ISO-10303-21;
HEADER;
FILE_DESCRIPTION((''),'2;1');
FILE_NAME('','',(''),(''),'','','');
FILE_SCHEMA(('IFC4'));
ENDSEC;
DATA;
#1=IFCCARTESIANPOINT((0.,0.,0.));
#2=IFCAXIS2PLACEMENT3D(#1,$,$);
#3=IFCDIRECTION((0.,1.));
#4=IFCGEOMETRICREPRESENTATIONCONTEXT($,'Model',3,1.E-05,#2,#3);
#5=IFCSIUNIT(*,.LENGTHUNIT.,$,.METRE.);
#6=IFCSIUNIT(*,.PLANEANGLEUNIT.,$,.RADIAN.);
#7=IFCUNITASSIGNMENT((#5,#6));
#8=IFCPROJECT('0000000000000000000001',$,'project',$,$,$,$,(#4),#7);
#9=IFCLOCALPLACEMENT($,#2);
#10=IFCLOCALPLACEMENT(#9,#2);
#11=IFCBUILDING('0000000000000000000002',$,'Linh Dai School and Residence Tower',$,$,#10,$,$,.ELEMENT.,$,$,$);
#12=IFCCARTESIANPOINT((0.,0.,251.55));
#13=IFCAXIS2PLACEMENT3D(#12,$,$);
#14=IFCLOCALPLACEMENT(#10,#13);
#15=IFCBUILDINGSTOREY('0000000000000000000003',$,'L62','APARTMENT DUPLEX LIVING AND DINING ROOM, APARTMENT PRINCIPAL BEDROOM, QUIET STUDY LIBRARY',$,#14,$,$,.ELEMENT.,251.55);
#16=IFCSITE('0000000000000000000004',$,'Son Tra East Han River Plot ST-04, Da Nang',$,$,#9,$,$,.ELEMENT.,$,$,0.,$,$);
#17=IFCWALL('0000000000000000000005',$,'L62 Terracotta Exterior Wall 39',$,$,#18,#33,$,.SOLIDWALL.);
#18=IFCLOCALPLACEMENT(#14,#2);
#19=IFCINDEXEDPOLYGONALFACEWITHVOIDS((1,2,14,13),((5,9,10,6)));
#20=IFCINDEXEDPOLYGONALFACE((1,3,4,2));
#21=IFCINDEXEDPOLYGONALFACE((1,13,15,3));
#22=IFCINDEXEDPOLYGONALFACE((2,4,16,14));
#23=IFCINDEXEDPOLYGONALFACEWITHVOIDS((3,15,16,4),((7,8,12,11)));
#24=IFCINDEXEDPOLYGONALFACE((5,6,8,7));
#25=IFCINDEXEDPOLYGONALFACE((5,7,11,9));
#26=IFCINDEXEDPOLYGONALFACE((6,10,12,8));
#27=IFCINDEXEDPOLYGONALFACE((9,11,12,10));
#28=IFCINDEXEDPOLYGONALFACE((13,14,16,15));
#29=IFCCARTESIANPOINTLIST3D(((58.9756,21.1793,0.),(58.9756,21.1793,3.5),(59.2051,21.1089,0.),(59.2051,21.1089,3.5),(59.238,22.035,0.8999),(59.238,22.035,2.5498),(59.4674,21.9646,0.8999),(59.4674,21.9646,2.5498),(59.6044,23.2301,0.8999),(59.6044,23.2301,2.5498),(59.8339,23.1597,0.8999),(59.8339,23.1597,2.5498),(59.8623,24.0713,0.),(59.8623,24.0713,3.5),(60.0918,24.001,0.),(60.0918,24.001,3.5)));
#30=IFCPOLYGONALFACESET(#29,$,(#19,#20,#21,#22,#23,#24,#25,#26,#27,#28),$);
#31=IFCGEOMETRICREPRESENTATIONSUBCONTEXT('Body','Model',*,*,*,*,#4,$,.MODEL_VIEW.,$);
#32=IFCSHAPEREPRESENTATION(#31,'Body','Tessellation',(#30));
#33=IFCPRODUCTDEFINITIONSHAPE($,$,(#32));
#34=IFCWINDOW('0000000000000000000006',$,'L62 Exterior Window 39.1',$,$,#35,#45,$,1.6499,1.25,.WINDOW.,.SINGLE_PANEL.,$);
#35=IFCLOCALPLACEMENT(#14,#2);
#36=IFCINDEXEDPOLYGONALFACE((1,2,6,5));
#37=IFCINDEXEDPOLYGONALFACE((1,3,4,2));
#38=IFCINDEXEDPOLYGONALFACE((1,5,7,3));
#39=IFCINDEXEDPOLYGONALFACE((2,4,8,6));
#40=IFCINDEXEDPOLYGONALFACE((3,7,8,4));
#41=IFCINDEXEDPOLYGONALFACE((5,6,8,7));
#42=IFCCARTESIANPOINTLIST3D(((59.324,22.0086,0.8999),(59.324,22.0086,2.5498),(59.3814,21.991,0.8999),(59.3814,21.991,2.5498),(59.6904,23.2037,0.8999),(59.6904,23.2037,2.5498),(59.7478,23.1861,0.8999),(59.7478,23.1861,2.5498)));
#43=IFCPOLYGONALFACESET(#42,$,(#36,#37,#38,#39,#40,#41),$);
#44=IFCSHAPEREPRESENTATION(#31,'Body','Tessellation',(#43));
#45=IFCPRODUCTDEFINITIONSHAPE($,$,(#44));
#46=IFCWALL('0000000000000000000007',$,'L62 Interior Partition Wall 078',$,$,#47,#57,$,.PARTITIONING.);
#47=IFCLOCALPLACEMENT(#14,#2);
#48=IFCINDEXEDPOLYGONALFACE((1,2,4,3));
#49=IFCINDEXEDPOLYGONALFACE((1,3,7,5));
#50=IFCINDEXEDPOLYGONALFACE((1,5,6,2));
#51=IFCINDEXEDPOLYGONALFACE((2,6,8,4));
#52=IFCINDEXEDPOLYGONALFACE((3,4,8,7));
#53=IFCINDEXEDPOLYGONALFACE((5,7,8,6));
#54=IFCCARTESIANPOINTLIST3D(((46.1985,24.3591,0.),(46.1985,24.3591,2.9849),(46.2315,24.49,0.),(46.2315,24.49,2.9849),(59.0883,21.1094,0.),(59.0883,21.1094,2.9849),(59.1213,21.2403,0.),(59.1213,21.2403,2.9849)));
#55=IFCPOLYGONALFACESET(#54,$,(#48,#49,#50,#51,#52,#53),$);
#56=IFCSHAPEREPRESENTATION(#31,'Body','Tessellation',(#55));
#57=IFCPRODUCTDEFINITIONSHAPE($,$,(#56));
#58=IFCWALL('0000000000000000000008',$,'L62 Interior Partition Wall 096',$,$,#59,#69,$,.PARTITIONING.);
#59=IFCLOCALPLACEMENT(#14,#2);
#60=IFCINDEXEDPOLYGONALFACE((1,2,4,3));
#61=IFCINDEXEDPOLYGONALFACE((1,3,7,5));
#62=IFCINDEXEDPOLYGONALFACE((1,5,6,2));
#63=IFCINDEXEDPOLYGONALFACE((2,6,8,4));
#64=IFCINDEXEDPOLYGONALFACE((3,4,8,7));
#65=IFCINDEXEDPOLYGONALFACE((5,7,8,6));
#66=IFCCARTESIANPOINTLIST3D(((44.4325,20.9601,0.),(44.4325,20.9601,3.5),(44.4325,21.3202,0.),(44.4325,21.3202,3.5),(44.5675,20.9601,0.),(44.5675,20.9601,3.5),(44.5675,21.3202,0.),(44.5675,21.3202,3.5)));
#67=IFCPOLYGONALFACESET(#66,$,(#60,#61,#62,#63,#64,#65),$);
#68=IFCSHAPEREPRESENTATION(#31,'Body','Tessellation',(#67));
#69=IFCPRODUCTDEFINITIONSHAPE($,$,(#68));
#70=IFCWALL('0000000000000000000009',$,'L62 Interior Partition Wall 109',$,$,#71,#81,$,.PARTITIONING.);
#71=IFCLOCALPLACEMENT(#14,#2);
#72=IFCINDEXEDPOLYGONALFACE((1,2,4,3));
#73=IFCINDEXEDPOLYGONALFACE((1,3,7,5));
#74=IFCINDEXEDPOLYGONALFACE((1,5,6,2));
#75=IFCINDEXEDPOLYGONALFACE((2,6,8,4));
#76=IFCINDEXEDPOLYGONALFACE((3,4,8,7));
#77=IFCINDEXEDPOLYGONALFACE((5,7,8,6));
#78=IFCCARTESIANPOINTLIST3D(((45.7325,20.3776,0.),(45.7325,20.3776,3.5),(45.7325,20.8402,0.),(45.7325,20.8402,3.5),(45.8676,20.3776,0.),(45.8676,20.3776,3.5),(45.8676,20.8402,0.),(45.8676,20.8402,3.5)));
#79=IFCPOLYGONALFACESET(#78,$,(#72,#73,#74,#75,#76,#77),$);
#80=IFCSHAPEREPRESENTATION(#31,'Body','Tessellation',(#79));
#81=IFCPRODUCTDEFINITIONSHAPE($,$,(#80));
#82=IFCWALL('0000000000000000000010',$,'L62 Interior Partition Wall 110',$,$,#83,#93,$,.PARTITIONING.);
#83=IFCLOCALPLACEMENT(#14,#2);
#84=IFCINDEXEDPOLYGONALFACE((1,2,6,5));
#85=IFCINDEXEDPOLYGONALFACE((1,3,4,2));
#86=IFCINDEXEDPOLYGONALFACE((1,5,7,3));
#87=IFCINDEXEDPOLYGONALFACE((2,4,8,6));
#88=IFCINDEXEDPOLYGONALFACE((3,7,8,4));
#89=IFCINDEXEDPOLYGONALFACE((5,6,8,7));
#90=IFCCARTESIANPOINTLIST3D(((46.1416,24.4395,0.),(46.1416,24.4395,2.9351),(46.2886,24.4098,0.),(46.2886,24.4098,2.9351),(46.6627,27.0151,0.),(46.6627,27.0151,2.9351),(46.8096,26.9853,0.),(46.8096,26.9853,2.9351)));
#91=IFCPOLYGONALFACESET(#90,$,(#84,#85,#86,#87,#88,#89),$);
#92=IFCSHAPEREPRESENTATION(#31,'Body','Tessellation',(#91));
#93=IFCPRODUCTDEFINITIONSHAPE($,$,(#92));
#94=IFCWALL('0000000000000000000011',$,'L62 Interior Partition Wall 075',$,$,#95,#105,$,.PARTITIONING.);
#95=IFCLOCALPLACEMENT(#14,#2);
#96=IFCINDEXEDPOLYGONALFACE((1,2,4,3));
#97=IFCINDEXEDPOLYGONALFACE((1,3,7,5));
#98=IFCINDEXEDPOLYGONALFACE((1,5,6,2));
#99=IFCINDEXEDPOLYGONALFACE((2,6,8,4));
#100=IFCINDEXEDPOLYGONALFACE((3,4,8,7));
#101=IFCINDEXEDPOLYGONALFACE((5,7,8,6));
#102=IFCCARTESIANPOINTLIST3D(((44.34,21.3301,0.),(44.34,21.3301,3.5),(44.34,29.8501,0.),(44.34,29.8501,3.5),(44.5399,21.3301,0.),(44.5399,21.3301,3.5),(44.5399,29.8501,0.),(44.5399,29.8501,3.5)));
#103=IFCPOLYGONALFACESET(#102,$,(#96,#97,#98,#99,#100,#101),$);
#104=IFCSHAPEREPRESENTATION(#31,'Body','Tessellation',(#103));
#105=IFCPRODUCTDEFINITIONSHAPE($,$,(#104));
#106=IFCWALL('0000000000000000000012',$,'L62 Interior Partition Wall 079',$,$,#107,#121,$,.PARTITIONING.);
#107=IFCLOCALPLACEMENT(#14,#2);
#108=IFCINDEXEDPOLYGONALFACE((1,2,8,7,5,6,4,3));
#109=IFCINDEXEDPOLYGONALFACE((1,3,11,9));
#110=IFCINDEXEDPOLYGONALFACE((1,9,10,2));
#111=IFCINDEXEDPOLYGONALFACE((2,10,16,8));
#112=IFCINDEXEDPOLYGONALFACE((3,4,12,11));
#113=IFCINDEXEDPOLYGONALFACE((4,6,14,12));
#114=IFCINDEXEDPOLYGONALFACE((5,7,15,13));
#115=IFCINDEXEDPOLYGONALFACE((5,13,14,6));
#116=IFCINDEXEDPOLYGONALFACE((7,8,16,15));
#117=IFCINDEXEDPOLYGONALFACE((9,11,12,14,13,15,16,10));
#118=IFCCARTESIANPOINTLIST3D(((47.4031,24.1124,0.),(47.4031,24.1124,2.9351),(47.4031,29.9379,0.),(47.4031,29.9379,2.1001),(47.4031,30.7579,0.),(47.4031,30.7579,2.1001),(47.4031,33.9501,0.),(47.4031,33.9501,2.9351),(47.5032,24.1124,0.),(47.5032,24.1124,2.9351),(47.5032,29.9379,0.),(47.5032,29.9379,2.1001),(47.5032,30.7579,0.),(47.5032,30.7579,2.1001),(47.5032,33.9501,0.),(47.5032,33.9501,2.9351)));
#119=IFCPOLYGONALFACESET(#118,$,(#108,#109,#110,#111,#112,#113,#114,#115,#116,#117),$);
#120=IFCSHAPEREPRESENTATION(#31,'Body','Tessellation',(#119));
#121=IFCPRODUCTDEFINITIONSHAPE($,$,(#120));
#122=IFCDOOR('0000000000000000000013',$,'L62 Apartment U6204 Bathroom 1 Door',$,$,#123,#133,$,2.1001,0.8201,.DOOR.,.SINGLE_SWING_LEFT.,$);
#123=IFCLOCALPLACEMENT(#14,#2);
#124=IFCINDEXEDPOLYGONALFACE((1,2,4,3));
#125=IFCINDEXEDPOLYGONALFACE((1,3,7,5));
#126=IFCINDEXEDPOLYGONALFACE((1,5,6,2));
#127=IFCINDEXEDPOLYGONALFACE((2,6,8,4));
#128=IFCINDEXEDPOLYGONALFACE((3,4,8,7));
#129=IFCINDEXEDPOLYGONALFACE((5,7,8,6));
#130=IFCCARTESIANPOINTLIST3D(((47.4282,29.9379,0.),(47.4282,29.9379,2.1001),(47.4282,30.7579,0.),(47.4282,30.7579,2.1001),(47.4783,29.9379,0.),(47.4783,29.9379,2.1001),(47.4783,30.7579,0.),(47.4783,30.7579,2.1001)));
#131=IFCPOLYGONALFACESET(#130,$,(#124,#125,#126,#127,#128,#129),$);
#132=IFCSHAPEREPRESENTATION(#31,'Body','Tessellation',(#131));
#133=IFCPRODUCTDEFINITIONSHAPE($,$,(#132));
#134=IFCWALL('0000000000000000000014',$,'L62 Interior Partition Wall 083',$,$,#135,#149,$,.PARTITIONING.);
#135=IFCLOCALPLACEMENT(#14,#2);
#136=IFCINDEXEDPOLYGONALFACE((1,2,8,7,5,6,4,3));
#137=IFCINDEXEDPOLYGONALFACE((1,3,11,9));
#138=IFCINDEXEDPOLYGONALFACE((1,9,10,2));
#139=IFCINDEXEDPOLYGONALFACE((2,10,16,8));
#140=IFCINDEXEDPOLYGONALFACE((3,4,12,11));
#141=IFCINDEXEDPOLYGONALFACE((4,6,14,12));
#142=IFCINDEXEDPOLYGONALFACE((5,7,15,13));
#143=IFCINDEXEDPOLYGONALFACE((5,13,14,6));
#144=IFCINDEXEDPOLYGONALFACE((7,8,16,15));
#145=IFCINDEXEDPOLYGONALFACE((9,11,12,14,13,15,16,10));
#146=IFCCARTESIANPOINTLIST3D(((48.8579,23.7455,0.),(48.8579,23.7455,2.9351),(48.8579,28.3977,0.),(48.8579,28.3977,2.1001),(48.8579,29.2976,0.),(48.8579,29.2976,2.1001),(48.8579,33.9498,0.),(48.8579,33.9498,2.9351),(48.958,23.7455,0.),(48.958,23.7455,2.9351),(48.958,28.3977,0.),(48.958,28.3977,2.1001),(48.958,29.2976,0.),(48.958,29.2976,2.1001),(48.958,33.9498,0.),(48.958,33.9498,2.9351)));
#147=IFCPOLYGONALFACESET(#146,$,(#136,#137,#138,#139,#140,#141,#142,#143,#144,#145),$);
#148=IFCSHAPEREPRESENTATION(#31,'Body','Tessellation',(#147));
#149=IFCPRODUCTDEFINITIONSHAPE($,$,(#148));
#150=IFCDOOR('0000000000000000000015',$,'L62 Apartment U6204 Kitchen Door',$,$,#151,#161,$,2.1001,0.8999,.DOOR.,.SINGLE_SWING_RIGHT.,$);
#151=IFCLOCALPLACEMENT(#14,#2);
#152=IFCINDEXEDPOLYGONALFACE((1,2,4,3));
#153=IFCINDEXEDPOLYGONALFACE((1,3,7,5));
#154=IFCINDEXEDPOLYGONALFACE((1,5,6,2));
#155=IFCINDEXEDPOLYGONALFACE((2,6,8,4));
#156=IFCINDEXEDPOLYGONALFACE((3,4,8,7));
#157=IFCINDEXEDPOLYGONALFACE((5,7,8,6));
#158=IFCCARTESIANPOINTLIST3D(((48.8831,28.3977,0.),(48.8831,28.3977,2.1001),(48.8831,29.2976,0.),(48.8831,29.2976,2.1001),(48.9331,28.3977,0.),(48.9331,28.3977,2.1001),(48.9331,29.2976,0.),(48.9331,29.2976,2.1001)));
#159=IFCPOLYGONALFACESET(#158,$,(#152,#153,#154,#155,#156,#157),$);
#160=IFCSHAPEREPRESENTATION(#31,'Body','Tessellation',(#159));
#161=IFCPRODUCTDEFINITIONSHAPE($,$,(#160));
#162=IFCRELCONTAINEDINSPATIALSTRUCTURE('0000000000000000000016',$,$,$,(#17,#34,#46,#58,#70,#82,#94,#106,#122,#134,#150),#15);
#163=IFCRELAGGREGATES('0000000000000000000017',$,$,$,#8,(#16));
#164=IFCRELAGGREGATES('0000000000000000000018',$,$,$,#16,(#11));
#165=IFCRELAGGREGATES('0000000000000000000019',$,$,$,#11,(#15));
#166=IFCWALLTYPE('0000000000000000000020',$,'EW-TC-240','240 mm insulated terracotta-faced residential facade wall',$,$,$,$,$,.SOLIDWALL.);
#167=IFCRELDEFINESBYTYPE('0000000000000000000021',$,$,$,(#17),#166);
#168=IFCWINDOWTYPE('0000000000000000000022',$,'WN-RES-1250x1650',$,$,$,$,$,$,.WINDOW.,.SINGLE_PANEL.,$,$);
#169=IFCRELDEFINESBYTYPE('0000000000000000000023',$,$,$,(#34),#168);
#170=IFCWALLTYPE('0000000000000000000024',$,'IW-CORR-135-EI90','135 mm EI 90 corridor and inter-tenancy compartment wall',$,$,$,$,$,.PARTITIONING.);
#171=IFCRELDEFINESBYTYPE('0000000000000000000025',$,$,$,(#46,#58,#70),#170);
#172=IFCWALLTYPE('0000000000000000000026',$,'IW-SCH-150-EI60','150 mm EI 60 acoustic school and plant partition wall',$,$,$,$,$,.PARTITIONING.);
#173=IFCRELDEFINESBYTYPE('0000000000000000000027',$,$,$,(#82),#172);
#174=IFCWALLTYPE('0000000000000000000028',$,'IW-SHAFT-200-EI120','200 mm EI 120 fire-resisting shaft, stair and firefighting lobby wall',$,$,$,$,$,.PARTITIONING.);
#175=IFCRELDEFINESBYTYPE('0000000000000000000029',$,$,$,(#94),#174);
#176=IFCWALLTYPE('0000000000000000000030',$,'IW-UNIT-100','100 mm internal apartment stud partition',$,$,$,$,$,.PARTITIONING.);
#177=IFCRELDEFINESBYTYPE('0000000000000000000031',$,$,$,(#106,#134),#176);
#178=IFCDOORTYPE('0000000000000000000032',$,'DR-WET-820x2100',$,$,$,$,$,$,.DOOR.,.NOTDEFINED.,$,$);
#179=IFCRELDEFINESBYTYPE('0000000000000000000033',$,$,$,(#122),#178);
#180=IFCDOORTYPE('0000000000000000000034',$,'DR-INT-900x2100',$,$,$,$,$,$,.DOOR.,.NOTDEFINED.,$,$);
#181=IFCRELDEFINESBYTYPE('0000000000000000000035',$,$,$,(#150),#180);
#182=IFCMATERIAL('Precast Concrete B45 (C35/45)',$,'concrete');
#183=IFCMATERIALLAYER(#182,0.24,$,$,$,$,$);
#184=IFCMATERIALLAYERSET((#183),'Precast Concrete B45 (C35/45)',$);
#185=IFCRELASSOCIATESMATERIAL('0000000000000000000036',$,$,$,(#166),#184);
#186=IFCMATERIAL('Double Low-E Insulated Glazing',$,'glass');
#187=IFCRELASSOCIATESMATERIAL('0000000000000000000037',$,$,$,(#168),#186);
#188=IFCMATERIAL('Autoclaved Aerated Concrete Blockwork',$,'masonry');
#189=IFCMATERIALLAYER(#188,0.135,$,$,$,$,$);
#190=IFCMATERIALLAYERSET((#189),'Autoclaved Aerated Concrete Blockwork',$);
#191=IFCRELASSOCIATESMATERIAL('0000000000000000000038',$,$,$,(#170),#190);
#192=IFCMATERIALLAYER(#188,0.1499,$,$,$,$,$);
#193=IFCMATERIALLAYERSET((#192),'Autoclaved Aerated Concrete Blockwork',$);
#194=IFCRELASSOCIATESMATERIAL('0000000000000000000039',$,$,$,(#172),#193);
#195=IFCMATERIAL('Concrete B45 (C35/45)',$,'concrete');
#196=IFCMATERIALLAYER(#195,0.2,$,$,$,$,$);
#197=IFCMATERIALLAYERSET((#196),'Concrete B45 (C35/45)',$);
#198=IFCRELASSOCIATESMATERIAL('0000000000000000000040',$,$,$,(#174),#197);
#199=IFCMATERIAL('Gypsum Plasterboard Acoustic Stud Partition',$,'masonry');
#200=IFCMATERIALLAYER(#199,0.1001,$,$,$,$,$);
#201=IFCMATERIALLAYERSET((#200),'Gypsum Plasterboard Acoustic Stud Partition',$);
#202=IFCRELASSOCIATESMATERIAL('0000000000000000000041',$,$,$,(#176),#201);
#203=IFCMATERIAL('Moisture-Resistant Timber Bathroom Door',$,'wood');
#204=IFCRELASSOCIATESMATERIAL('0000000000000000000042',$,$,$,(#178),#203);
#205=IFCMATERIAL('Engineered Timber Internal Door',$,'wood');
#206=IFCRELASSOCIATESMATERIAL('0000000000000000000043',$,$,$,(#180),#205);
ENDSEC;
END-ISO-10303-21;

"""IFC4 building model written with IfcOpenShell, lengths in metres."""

from ifc_helpers import new_model, si_unit, direction, frame, frame_2d, origin, origin_2d, place, context, subcontext, project, spatial, rectangle, extrude, source, transform, mapped, material, layer, layer_set, type_object, element, fill, save


model = new_model("IFC4")

# Units and contexts
model_context = context("Model", 3, precision=1e-05, world=origin(), true_north=direction((0.0, 1.0)))
body_context = subcontext(model_context, "Body", "Model", "MODEL_VIEW")
ifc_project = project(units=[si_unit("LENGTHUNIT", "METRE"), si_unit("PLANEANGLEUNIT", "RADIAN")], contexts=[model_context])

# Site, building, storey
site_placement = place(None, origin())
site = spatial("IfcSite", under=ifc_project, at=site_placement, Name="Son Tra East Han River Plot ST-04, Da Nang", CompositionType="ELEMENT", RefElevation=0.0)
building_placement = place(site_placement, origin())
building = spatial("IfcBuilding", under=site, at=building_placement, Name="Linh Dai School and Residence Tower", CompositionType="ELEMENT")
storey_placement = place(building_placement, frame((0.0, 0.0, 251.55)))
storey = spatial("IfcBuildingStorey", under=building, at=storey_placement, Name="L62", Description="APARTMENT DUPLEX LIVING AND DINING ROOM, APARTMENT PRINCIPAL BEDROOM, QUIET STUDY LIBRARY", CompositionType="ELEMENT", Elevation=251.55)

# Shared definitions
ifc_material_1 = material(Name="Concrete B45 (C35/45)", Category="concrete")

# Shared definitions
ifc_material_2 = material(Name="Precast Concrete B45 (C35/45)", Category="concrete")

# Shared definitions
ifc_layer_1 = layer(ifc_material_2, 0.24)
ifc_layer_set_1 = layer_set([ifc_layer_1], Name="Precast Concrete B45 (C35/45)")
wall_type_1 = type_object("IfcWallType", Name="EW-TC-240", Description="240 mm insulated terracotta-faced residential facade wall", PredefinedType="SOLIDWALL", material=ifc_layer_set_1)

# Wall, opening, window
wall_1_placement = place(storey_placement, frame((59.9771, 24.0361, 0.0), z_axis=(0.0, 0.0, 1.0), x_axis=(-0.293133, -0.956072, 0.0)))
wall_1 = element("IfcWall", 1, at=wall_1_placement, inside=storey, type_object=wall_type_1, Name="L62 Terracotta Exterior Wall 39", PredefinedType="SOLIDWALL", context=body_context, shape_type="SweptSolid", body=[
    extrude(rectangle(XDim=3.0249, YDim=0.24, at=frame_2d((1.5125, 0.0))), origin(), (0.0, 0.0, 1.0), 3.5),
])
opening_1_placement = place(wall_1_placement, frame((0.8799, 0.0, 0.8999)))
opening_1 = element("IfcOpeningElement", 2, at=opening_1_placement, cuts=wall_1, PredefinedType="OPENING", context=body_context, shape_type="SweptSolid", body=[
    extrude(rectangle(XDim=1.25, YDim=1.6499, at=origin_2d()), frame((0.625, 0.1299, 0.825), z_axis=(0.0, -1.0, 0.0), x_axis=(1.0, 0.0, 0.0)), (0.0, 0.0, 1.0), 0.26),
])
ifc_material_3 = material(Name="Double Low-E Insulated Glazing", Category="glass")
window_type = type_object("IfcWindowType", Name="WN-RES-1250x1650", PartitioningType="SINGLE_PANEL", PredefinedType="WINDOW", material=ifc_material_3)
shared_shape_1 = source(origin(), body_context, "Body", "SweptSolid", [
    extrude(rectangle(XDim=1.25, YDim=1.6499, at=origin_2d()), frame((0.625, 0.03, 0.825), z_axis=(0.0, -1.0, 0.0), x_axis=(1.0, 0.0, 0.0)), (0.0, 0.0, 1.0), 0.0601),
])
window_placement = place(opening_1_placement, origin())
window = element("IfcWindow", 3, at=window_placement, inside=storey, type_object=window_type, Name="L62 Exterior Window 39.1", OverallHeight=1.6499, OverallWidth=1.25, PartitioningType="SINGLE_PANEL", PredefinedType="WINDOW", context=body_context, shape_type="MappedRepresentation", body=[
    mapped(shared_shape_1, transform((0.0, 0.0, 0.0), x_axis=(1.0, 0.0, 0.0), y_axis=(0.0, 1.0, 0.0), z_axis=(0.0, 0.0, 1.0), scale=1.0)),
])
fill(opening_1, window)

# Walls
ifc_material_4 = material(Name="Autoclaved Aerated Concrete Blockwork", Category="masonry")
ifc_layer_2 = layer(ifc_material_4, 0.135)
ifc_layer_set_2 = layer_set([ifc_layer_2], Name="Autoclaved Aerated Concrete Blockwork")
wall_type_2 = type_object("IfcWallType", Name="IW-CORR-135-EI90", Description="135 mm EI 90 corridor and inter-tenancy compartment wall", PredefinedType="PARTITIONING", material=ifc_layer_set_2)
wall_2_placement = place(storey_placement, frame((46.2151, 24.4246, 0.0), z_axis=(0.0, 0.0, 1.0), x_axis=(0.969658, -0.244467, 0.0)))
element("IfcWall", 4, at=wall_2_placement, inside=storey, type_object=wall_type_2, Name="L62 Interior Partition Wall 078", PredefinedType="PARTITIONING", context=body_context, shape_type="SweptSolid", body=[
    extrude(rectangle(XDim=13.2932, YDim=0.135, at=frame_2d((6.6465, 0.0))), origin(), (0.0, 0.0, 1.0), 2.9849),
])
wall_3_placement = place(storey_placement, frame((44.5, 20.96, 0.0), z_axis=(0.0, 0.0, 1.0), x_axis=(0.0, 1.0, 0.0)))
element("IfcWall", 5, at=wall_3_placement, inside=storey, type_object=wall_type_2, Name="L62 Interior Partition Wall 096", PredefinedType="PARTITIONING", context=body_context, shape_type="SweptSolid", body=[
    extrude(rectangle(XDim=0.3601, YDim=0.135, at=frame_2d((0.1802, 0.0))), origin(), (0.0, 0.0, 1.0), 3.5),
])
wall_4_placement = place(storey_placement, frame((45.8, 20.3774, 0.0), z_axis=(0.0, 0.0, 1.0), x_axis=(0.0, 1.0, 0.0)))
element("IfcWall", 6, at=wall_4_placement, inside=storey, type_object=wall_type_2, Name="L62 Interior Partition Wall 109", PredefinedType="PARTITIONING", context=body_context, shape_type="SweptSolid", body=[
    extrude(rectangle(XDim=0.4626, YDim=0.135, at=frame_2d((0.2314, 0.0))), origin(), (0.0, 0.0, 1.0), 3.5),
])
ifc_layer_3 = layer(ifc_material_4, 0.1499)
ifc_layer_set_3 = layer_set([ifc_layer_3], Name="Autoclaved Aerated Concrete Blockwork")
wall_type_3 = type_object("IfcWallType", Name="IW-SCH-150-EI60", Description="150 mm EI 60 acoustic school and plant partition wall", PredefinedType="PARTITIONING", material=ifc_layer_set_3)
wall_5_placement = place(storey_placement, frame((46.2151, 24.4246, 0.0), z_axis=(0.0, 0.0, 1.0), x_axis=(0.198278, 0.980146, 0.0)))
element("IfcWall", 7, at=wall_5_placement, inside=storey, type_object=wall_type_3, Name="L62 Interior Partition Wall 110", PredefinedType="PARTITIONING", context=body_context, shape_type="SweptSolid", body=[
    extrude(rectangle(XDim=2.6277, YDim=0.1499, at=frame_2d((1.314, 0.0))), origin(), (0.0, 0.0, 1.0), 2.9351),
])
ifc_layer_4 = layer(ifc_material_1, 0.2)
ifc_layer_set_4 = layer_set([ifc_layer_4], Name="Concrete B45 (C35/45)")
wall_type_4 = type_object("IfcWallType", Name="IW-SHAFT-200-EI120", Description="200 mm EI 120 fire-resisting shaft, stair and firefighting lobby wall", PredefinedType="PARTITIONING", material=ifc_layer_set_4)
wall_6_placement = place(storey_placement, frame((44.4399, 21.3301, 0.0), z_axis=(0.0, 0.0, 1.0), x_axis=(0.0, 1.0, 0.0)))
element("IfcWall", 8, at=wall_6_placement, inside=storey, type_object=wall_type_4, Name="L62 Interior Partition Wall 075", PredefinedType="PARTITIONING", context=body_context, shape_type="SweptSolid", body=[
    extrude(rectangle(XDim=8.52, YDim=0.2, at=frame_2d((4.26, 0.0))), origin(), (0.0, 0.0, 1.0), 3.5),
])

# Walls, openings, doors
ifc_material_5 = material(Name="Gypsum Plasterboard Acoustic Stud Partition", Category="masonry")
ifc_layer_5 = layer(ifc_material_5, 0.1001)
ifc_layer_set_5 = layer_set([ifc_layer_5], Name="Gypsum Plasterboard Acoustic Stud Partition")
wall_type_5 = type_object("IfcWallType", Name="IW-UNIT-100", Description="100 mm internal apartment stud partition", PredefinedType="PARTITIONING", material=ifc_layer_set_5)
wall_7_placement = place(storey_placement, frame((47.4531, 24.1123, 0.0), z_axis=(0.0, 0.0, 1.0), x_axis=(0.0, 1.0, 0.0)))
wall_7 = element("IfcWall", 9, at=wall_7_placement, inside=storey, type_object=wall_type_5, Name="L62 Interior Partition Wall 079", PredefinedType="PARTITIONING", context=body_context, shape_type="SweptSolid", body=[
    extrude(rectangle(XDim=9.8376, YDim=0.1001, at=frame_2d((4.9189, 0.0))), origin(), (0.0, 0.0, 1.0), 2.9351),
])
opening_2_placement = place(wall_7_placement, frame((5.8254, 0.0, 0.0)))
opening_2 = element("IfcOpeningElement", 10, at=opening_2_placement, cuts=wall_7, PredefinedType="OPENING", context=body_context, shape_type="SweptSolid", body=[
    extrude(rectangle(XDim=0.8201, YDim=2.1001, at=origin_2d()), frame((0.4102, 0.0601, 1.05), z_axis=(0.0, -1.0, 0.0), x_axis=(1.0, 0.0, 0.0)), (0.0, 0.0, 1.0), 0.1201),
])
ifc_material_6 = material(Name="Moisture-Resistant Timber Bathroom Door", Category="wood")
door_type_1 = type_object("IfcDoorType", Name="DR-WET-820x2100", OperationType="NOTDEFINED", PredefinedType="DOOR", material=ifc_material_6)
shared_shape_2 = source(origin(), body_context, "Body", "SweptSolid", [
    extrude(rectangle(XDim=0.8201, YDim=2.1001, at=origin_2d()), frame((0.4102, 0.0249, 1.05), z_axis=(0.0, -1.0, 0.0), x_axis=(1.0, 0.0, 0.0)), (0.0, 0.0, 1.0), 0.05),
])
door_1_placement = place(opening_2_placement, origin())
door_1 = element("IfcDoor", 11, at=door_1_placement, inside=storey, type_object=door_type_1, Name="L62 Apartment U6204 Bathroom 1 Door", OperationType="SINGLE_SWING_LEFT", OverallHeight=2.1001, OverallWidth=0.8201, PredefinedType="DOOR", context=body_context, shape_type="MappedRepresentation", body=[
    mapped(shared_shape_2, transform((0.0, 0.0, 0.0), x_axis=(1.0, 0.0, 0.0), y_axis=(0.0, 1.0, 0.0), z_axis=(0.0, 0.0, 1.0), scale=1.0)),
])
fill(opening_2, door_1)
wall_8_placement = place(storey_placement, frame((48.908, 23.7456, 0.0), z_axis=(0.0, 0.0, 1.0), x_axis=(0.0, 1.0, 0.0)))
wall_8 = element("IfcWall", 12, at=wall_8_placement, inside=storey, type_object=wall_type_5, Name="L62 Interior Partition Wall 083", PredefinedType="PARTITIONING", context=body_context, shape_type="SweptSolid", body=[
    extrude(rectangle(XDim=10.2043, YDim=0.1001, at=frame_2d((5.1021, 0.0))), origin(), (0.0, 0.0, 1.0), 2.9351),
])
opening_3_placement = place(wall_8_placement, frame((4.6521, 0.0, 0.0)))
opening_3 = element("IfcOpeningElement", 13, at=opening_3_placement, cuts=wall_8, PredefinedType="OPENING", context=body_context, shape_type="SweptSolid", body=[
    extrude(rectangle(XDim=0.8999, YDim=2.1001, at=origin_2d()), frame((0.45, 0.0601, 1.05), z_axis=(0.0, -1.0, 0.0), x_axis=(1.0, 0.0, 0.0)), (0.0, 0.0, 1.0), 0.1201),
])
ifc_material_7 = material(Name="Engineered Timber Internal Door", Category="wood")
door_type_2 = type_object("IfcDoorType", Name="DR-INT-900x2100", OperationType="NOTDEFINED", PredefinedType="DOOR", material=ifc_material_7)
shared_shape_3 = source(origin(), body_context, "Body", "SweptSolid", [
    extrude(rectangle(XDim=0.8999, YDim=2.1001, at=origin_2d()), frame((0.45, 0.0249, 1.05), z_axis=(0.0, -1.0, 0.0), x_axis=(1.0, 0.0, 0.0)), (0.0, 0.0, 1.0), 0.05),
])
door_2_placement = place(opening_3_placement, origin())
door_2 = element("IfcDoor", 14, at=door_2_placement, inside=storey, type_object=door_type_2, Name="L62 Apartment U6204 Kitchen Door", OperationType="SINGLE_SWING_RIGHT", OverallHeight=2.1001, OverallWidth=0.8999, PredefinedType="DOOR", context=body_context, shape_type="MappedRepresentation", body=[
    mapped(shared_shape_3, transform((0.0, 0.0, 0.0), x_axis=(1.0, 0.0, 0.0), y_axis=(0.0, 1.0, 0.0), z_axis=(0.0, 0.0, 1.0), scale=1.0)),
])
fill(opening_3, door_2)

save(model, "model.ifc")
